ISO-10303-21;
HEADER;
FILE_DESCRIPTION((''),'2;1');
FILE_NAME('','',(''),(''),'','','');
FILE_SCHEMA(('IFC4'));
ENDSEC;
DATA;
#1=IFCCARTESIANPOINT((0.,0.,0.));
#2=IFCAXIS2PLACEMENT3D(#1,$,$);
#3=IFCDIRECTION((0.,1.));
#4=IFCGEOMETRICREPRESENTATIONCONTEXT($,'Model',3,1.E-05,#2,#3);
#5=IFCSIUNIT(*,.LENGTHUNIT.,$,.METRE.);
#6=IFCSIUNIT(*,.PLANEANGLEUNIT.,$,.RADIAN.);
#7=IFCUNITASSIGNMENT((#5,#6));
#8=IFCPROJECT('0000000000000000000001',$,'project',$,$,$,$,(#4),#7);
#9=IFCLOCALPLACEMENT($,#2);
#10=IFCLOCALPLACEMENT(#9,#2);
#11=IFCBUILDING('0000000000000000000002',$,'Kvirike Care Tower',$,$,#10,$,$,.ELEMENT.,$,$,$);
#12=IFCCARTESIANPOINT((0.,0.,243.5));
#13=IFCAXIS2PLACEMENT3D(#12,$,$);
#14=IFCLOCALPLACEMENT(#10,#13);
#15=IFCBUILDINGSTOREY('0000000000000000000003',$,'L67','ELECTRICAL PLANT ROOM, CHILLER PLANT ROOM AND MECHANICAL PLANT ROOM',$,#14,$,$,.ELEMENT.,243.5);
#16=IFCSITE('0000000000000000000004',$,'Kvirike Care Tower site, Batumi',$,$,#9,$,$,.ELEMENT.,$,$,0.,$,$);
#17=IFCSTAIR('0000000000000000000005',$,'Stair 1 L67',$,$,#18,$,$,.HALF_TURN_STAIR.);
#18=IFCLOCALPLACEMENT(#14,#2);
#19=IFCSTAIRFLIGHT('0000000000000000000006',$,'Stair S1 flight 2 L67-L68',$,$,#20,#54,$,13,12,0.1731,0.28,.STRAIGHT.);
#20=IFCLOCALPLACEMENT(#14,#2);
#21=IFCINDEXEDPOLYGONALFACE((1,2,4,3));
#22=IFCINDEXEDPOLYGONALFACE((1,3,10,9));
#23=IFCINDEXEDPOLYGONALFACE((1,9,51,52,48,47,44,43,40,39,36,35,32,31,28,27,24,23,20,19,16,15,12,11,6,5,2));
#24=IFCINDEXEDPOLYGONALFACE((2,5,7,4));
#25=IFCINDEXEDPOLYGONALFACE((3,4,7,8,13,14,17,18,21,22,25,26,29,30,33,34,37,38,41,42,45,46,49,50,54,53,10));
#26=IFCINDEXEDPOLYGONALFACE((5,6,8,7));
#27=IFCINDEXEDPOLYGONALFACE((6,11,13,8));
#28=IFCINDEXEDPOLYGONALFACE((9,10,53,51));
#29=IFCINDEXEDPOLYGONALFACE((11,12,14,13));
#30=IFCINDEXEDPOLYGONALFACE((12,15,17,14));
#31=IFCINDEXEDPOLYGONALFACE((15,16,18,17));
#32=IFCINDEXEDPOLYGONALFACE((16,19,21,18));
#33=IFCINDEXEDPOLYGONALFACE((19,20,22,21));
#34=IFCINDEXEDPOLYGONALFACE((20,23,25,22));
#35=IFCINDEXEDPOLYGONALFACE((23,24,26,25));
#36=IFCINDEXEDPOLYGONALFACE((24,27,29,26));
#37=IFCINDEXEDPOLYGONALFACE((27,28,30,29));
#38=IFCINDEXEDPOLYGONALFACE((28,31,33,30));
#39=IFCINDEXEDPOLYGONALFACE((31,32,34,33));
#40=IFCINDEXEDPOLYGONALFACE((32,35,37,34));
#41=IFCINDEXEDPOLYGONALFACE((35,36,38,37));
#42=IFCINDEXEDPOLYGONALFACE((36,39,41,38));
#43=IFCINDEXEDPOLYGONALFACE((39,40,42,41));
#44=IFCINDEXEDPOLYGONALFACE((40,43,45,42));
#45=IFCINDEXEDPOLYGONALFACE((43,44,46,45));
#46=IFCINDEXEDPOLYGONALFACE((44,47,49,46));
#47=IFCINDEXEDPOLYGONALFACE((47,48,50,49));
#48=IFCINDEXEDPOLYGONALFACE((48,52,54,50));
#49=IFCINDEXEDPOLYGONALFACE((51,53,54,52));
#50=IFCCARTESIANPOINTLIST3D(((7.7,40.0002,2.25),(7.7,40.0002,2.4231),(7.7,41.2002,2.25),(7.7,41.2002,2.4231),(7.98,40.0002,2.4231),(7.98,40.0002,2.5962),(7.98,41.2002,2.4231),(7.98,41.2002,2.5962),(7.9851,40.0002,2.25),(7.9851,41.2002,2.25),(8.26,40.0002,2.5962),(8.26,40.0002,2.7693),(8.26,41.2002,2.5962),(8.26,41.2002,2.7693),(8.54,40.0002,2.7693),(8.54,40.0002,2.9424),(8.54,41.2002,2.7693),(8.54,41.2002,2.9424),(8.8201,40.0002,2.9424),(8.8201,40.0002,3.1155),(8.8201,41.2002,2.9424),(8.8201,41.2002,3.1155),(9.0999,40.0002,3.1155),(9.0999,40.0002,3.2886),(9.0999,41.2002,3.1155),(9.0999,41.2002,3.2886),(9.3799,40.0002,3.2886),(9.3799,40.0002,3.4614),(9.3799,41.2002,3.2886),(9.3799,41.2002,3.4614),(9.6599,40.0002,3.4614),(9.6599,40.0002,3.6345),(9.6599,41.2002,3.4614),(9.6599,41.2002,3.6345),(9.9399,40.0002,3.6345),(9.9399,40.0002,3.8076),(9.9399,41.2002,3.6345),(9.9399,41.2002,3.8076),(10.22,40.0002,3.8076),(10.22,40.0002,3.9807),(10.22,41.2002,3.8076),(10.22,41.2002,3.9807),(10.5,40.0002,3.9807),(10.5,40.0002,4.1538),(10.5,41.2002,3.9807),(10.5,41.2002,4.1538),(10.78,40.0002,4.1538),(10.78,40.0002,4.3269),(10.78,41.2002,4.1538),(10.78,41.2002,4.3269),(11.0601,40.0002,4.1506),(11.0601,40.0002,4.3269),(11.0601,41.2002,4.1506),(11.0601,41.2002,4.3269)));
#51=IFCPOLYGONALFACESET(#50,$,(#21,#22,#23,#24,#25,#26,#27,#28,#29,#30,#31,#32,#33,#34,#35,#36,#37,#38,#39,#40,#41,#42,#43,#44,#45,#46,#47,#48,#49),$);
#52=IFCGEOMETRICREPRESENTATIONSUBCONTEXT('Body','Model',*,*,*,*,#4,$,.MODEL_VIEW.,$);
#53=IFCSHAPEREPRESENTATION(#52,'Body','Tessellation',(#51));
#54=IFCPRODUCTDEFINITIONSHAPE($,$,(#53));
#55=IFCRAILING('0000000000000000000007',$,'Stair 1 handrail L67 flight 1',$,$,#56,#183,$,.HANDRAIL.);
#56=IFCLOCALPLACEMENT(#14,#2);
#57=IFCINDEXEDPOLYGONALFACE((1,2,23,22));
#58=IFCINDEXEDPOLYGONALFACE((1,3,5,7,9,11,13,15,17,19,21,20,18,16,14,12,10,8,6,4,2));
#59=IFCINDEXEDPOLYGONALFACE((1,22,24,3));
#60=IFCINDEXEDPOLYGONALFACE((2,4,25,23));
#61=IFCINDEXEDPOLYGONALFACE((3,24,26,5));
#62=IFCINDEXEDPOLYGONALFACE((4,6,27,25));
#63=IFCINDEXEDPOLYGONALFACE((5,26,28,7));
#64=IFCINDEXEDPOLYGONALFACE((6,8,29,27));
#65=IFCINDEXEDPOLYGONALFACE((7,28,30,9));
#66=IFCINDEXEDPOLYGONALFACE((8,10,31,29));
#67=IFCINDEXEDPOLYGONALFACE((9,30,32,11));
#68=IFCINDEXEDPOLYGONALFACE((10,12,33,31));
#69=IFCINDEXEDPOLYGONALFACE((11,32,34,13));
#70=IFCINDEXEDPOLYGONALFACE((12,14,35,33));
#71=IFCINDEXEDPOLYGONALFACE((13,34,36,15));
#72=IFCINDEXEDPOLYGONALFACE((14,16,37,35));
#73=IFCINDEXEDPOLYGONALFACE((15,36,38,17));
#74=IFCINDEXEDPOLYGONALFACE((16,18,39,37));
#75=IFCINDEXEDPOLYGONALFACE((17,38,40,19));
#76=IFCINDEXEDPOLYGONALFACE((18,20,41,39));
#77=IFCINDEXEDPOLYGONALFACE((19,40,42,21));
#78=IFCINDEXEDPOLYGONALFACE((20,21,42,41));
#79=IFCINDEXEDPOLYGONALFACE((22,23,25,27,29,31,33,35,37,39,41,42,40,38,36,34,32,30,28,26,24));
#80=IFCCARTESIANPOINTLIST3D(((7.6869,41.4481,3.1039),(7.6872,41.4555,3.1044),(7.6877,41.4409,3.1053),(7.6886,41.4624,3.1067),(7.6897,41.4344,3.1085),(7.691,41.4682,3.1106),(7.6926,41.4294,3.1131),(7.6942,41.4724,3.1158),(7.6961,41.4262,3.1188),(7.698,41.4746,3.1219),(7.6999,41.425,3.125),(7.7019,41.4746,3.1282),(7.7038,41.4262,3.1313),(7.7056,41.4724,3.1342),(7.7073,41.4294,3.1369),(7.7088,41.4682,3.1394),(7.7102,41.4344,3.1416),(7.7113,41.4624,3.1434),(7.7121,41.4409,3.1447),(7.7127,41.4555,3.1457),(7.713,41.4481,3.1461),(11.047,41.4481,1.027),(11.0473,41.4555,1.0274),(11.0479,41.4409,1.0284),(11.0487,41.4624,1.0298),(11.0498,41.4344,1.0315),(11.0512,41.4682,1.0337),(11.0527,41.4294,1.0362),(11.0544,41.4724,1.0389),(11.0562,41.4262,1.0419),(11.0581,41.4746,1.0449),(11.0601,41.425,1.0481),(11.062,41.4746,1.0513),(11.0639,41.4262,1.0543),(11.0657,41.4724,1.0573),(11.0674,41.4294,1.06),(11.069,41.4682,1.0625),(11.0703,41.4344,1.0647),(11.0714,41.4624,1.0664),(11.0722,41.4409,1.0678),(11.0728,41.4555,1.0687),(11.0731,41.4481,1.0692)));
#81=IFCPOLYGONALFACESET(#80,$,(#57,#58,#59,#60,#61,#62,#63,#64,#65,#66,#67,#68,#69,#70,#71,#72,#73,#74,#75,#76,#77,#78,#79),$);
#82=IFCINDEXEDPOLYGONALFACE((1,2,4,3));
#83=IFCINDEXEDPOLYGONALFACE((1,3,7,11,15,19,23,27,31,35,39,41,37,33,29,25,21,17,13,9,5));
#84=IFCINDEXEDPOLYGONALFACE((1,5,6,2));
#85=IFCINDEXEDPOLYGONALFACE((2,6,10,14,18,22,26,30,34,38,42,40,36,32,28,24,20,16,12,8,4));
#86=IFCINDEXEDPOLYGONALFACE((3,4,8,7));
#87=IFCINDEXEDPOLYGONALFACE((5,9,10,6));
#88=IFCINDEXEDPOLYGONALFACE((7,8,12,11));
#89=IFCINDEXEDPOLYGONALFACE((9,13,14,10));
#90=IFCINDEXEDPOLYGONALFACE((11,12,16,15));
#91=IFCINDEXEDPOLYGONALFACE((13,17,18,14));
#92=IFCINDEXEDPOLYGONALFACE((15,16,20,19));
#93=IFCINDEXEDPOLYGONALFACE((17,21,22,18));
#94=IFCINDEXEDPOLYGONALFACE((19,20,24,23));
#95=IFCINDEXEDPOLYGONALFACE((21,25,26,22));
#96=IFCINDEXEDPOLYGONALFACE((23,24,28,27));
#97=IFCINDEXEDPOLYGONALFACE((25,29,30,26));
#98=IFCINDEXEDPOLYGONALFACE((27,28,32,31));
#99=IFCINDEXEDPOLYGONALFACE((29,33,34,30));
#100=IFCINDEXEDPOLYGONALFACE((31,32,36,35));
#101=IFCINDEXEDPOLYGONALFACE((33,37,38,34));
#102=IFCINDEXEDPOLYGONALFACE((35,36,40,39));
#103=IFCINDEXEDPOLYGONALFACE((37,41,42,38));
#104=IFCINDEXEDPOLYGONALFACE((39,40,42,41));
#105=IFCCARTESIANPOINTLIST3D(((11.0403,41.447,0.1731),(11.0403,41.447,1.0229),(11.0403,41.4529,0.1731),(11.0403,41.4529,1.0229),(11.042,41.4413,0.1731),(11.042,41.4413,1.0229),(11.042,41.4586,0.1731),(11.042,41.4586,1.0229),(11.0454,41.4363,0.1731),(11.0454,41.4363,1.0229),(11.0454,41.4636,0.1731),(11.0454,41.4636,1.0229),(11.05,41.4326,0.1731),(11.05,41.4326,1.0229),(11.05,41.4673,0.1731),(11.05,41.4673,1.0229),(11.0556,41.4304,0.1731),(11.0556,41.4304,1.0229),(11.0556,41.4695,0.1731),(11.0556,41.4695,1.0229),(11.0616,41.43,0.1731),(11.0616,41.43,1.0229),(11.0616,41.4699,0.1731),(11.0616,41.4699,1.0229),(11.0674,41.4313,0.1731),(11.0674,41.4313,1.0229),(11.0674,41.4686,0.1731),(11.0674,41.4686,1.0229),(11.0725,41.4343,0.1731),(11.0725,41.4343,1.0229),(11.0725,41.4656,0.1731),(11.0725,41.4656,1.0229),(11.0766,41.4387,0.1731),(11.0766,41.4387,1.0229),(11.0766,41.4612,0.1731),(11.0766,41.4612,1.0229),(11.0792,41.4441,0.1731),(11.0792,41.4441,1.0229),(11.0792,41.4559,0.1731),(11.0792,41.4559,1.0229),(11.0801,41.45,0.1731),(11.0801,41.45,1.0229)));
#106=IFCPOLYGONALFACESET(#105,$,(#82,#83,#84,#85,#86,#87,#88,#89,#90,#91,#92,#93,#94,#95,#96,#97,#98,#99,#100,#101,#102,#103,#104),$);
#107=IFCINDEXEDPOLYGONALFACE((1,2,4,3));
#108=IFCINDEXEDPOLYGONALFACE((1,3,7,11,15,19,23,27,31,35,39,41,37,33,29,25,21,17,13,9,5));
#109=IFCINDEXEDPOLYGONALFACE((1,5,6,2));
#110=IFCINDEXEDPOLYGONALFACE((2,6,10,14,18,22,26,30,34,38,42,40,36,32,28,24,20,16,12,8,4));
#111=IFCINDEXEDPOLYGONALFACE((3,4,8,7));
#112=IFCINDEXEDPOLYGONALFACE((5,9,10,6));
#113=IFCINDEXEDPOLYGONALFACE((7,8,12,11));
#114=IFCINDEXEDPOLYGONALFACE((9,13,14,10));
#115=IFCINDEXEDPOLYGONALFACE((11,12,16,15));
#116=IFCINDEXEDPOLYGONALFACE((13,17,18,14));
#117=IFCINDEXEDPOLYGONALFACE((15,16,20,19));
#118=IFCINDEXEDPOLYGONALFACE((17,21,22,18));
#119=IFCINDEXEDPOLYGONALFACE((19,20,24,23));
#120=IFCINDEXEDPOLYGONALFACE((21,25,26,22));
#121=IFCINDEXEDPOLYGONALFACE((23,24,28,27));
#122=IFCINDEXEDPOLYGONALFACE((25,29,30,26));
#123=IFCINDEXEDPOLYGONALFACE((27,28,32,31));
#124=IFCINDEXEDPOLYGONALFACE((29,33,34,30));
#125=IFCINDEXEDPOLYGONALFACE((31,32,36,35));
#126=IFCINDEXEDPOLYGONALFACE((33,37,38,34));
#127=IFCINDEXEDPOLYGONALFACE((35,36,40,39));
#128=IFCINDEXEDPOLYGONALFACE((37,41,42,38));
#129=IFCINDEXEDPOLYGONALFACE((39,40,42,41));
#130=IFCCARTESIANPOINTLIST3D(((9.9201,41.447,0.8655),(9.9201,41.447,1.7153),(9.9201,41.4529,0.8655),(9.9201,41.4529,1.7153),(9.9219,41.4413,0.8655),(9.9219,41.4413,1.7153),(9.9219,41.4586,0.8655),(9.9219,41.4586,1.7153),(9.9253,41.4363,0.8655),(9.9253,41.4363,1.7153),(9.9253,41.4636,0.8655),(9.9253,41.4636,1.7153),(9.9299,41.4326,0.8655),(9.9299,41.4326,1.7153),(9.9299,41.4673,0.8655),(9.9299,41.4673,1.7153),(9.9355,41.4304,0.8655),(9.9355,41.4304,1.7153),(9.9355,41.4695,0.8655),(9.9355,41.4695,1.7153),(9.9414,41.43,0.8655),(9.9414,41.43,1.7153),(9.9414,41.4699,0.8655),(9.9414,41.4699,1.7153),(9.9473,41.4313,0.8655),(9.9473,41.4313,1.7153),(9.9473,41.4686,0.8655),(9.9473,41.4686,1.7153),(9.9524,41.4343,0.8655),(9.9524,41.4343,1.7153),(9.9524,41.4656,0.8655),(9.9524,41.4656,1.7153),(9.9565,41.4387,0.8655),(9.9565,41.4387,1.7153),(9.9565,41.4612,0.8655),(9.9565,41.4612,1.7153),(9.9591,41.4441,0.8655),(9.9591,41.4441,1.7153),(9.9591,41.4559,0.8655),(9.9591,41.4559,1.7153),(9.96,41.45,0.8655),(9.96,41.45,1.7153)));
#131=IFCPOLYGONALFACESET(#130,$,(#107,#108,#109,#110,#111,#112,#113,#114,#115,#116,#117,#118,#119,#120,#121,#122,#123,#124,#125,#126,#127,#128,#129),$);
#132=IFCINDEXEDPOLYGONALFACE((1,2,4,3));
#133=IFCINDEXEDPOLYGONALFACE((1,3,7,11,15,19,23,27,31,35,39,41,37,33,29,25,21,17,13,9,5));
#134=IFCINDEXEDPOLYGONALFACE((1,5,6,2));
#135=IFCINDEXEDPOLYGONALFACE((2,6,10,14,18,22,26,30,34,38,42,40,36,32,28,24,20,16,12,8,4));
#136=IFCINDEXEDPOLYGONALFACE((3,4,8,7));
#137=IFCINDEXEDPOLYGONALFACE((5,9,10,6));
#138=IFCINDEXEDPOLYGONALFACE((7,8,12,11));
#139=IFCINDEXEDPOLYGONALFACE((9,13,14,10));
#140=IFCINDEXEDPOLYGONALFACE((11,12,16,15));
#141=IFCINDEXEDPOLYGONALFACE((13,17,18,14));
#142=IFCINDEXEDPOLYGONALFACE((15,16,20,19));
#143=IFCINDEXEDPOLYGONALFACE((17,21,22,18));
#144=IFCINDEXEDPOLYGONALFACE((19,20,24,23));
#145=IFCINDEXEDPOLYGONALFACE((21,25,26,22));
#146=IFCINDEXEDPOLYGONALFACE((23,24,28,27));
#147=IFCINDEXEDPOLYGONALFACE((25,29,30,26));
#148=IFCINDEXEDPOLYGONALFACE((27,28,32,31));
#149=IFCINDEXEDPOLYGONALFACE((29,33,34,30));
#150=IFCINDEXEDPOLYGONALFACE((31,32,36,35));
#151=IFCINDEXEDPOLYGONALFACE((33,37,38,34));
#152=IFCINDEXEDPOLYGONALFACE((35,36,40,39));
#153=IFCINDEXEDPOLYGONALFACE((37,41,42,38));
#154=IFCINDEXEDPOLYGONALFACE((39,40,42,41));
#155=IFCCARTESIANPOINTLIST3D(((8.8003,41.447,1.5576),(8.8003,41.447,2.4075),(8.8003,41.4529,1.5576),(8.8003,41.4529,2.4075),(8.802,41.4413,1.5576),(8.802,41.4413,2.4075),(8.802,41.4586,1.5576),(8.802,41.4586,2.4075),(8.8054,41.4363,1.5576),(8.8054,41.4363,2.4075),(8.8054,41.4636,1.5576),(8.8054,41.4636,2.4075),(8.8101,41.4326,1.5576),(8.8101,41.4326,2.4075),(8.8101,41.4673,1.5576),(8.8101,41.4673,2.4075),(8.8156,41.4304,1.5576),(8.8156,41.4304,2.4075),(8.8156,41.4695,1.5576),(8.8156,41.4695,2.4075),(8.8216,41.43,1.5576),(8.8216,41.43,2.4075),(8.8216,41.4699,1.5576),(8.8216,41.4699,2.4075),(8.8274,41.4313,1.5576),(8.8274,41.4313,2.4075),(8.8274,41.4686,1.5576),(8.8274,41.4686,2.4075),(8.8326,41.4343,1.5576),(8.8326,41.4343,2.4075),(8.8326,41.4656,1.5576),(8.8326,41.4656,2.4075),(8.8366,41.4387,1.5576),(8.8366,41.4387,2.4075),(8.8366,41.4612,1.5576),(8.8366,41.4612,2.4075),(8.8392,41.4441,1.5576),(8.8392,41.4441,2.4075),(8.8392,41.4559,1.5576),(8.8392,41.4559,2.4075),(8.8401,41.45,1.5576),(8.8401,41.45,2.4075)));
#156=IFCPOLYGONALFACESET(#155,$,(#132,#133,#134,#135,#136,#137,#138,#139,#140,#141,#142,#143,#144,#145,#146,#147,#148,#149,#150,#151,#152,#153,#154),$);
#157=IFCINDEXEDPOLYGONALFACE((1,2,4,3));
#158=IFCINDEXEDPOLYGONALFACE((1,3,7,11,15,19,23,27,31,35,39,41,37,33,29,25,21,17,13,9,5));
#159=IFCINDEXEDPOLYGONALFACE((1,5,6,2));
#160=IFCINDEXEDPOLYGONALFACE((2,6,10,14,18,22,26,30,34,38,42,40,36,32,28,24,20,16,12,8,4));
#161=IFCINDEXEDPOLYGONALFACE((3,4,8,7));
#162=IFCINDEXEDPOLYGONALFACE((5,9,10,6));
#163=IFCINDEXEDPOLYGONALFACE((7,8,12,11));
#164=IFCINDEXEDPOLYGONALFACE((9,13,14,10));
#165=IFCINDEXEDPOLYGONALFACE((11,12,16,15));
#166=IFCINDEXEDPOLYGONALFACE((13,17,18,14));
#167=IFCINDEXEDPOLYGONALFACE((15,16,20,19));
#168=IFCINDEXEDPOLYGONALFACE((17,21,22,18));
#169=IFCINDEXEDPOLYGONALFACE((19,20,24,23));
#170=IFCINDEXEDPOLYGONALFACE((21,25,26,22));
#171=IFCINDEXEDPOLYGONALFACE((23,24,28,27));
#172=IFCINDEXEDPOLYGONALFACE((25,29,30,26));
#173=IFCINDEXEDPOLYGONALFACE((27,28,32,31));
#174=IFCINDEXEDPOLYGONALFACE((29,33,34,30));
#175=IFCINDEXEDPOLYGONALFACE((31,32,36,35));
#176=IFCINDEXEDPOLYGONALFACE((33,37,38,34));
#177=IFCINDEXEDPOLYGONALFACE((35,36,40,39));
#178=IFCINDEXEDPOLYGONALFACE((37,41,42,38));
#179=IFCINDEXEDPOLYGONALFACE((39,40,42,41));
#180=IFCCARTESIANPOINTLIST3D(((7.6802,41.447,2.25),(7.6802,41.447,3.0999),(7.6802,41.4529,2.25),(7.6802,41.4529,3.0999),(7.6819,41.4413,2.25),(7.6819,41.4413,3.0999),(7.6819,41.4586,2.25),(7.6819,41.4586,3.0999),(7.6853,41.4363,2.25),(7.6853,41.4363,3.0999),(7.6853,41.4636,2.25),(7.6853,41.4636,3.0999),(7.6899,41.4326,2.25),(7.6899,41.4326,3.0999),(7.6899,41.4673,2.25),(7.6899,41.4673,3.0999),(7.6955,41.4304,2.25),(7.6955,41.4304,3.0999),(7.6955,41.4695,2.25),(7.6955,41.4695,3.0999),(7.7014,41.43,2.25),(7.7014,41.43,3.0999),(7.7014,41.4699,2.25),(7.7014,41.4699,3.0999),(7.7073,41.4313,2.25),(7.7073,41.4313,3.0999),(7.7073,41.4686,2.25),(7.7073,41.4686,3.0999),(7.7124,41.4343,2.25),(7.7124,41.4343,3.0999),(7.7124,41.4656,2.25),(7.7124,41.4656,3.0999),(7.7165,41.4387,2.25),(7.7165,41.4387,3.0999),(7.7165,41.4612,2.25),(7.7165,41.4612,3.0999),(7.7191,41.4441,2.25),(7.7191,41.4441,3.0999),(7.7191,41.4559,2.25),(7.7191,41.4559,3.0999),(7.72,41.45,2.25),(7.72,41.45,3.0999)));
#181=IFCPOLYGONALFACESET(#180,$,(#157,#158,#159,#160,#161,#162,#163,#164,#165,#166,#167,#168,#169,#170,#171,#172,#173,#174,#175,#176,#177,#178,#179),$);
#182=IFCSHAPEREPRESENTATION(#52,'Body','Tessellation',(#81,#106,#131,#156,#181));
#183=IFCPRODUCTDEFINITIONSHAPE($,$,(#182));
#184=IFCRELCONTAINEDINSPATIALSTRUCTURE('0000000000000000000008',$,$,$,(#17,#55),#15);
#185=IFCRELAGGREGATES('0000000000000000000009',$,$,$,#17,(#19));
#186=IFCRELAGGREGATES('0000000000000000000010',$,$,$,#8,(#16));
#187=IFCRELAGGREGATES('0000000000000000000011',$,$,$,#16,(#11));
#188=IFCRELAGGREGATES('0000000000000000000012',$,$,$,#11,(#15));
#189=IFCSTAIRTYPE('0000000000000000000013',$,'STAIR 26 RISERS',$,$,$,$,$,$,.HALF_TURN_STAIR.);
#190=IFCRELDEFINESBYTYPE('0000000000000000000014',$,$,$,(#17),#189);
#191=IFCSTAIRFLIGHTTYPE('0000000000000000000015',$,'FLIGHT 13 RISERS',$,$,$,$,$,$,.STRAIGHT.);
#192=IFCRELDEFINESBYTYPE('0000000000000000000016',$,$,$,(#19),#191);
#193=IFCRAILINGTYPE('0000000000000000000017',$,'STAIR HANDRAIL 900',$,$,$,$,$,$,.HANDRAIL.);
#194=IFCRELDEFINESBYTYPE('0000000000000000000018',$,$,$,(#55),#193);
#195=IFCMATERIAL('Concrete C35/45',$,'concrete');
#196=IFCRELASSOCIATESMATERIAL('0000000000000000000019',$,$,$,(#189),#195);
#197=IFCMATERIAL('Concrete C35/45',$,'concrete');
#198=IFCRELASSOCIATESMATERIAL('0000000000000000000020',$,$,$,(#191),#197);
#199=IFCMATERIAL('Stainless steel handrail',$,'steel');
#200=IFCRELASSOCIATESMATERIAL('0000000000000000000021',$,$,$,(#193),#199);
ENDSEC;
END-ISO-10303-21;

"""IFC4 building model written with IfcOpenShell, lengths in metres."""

from ifc_helpers import new_model, si_unit, direction, frame, origin, origin_2d, place, context, subcontext, project, spatial, polyline, circle, outline, extrude, material, type_object, element, aggregate, save


model = new_model("IFC4")

# Units and contexts
model_context = context("Model", 3, precision=1e-05, world=origin(), true_north=direction((0.0, 1.0)))
body_context = subcontext(model_context, "Body", "Model", "MODEL_VIEW")
ifc_project = project(units=[si_unit("LENGTHUNIT", "METRE"), si_unit("PLANEANGLEUNIT", "RADIAN")], contexts=[model_context])

# Site, building, storey
site_placement = place(None, origin())
site = spatial("IfcSite", under=ifc_project, at=site_placement, Name="Kvirike Care Tower site, Batumi", CompositionType="ELEMENT", RefElevation=0.0)
building_placement = place(site_placement, origin())
building = spatial("IfcBuilding", under=site, at=building_placement, Name="Kvirike Care Tower", CompositionType="ELEMENT")
storey_placement = place(building_placement, frame((0.0, 0.0, 243.5)))
storey = spatial("IfcBuildingStorey", under=building, at=storey_placement, Name="L67", Description="ELECTRICAL PLANT ROOM, CHILLER PLANT ROOM AND MECHANICAL PLANT ROOM", CompositionType="ELEMENT", Elevation=243.5)

# Stair, stair flight
ifc_material_1 = material(Name="Concrete C35/45", Category="concrete")
stair_type = type_object("IfcStairType", Name="STAIR 26 RISERS", PredefinedType="HALF_TURN_STAIR", material=ifc_material_1)
stair_placement = place(storey_placement, origin())
stair = element("IfcStair", 1, at=stair_placement, inside=storey, type_object=stair_type, Name="Stair 1 L67", PredefinedType="HALF_TURN_STAIR")
ifc_material_2 = material(Name="Concrete C35/45", Category="concrete")
stair_flight_type = type_object("IfcStairFlightType", Name="FLIGHT 13 RISERS", PredefinedType="STRAIGHT", material=ifc_material_2)
stair_flight_placement = place(storey_placement, frame((7.7, 40.6001, 2.25), z_axis=(0.0, 0.0, 1.0), x_axis=(1.0, 0.0, 0.0)))
stair_flight = element("IfcStairFlight", 2, at=stair_flight_placement, type_object=stair_flight_type, Name="Stair S1 flight 2 L67-L68", NumberOfRisers=13, NumberOfTreads=12, PredefinedType="STRAIGHT", RiserHeight=0.1731, TreadLength=0.28, context=body_context, shape_type="SweptSolid", body=[
    extrude(outline(polyline([(0.0, 0.0), (0.0, 0.1731), (0.28, 0.1731), (0.28, 0.3462), (0.5601, 0.3462), (0.5601, 0.5193), (0.8401, 0.5193), (0.8401, 0.6924), (1.1201, 0.6924), (1.1201, 0.8655), (1.3999, 0.8655), (1.3999, 1.0386), (1.6799, 1.0386), (1.6799, 1.2114), (1.96, 1.2114), (1.96, 1.3845), (2.24, 1.3845), (2.24, 1.5576), (2.52, 1.5576), (2.52, 1.7307), (2.8, 1.7307), (2.8, 1.9038), (3.0801, 1.9038), (3.0801, 2.0769), (3.3601, 2.0769), (3.3601, 2.25), (3.3601, 1.9006), (0.2852, 0.0), (0.0, 0.0)])), frame((0.0, 0.6001, 0.0), z_axis=(0.0, -1.0, 0.0), x_axis=(1.0, 0.0, 0.0)), (0.0, 0.0, 1.0), 1.2),
])
aggregate(stair, [stair_flight])

# Railing
ifc_material_3 = material(Name="Stainless steel handrail", Category="steel")
railing_type = type_object("IfcRailingType", Name="STAIR HANDRAIL 900", PredefinedType="HANDRAIL", material=ifc_material_3)
railing_1_placement = place(storey_placement, frame((11.0601, 41.45, 0.1731)))
element("IfcRailing", 3, at=railing_1_placement, inside=storey, type_object=railing_type, Name="Stair 1 handrail L67 flight 1", PredefinedType="HANDRAIL", context=body_context, shape_type="SweptSolid", body=[
    extrude(circle(Radius=0.0249, at=origin_2d()), frame((0.0, 0.0, 0.875), z_axis=(-0.850623, 0.0, 0.525776), x_axis=(0.0, -1.0, 0.0)), (0.0, 0.0, 1.0), 3.9502),
    extrude(circle(Radius=0.02, at=origin_2d()), origin(), (0.0, 0.0, 1.0), 0.8499),
    extrude(circle(Radius=0.02, at=origin_2d()), frame((-1.1201, 0.0, 0.6924)), (0.0, 0.0, 1.0), 0.8499),
    extrude(circle(Radius=0.02, at=origin_2d()), frame((-2.24, 0.0, 1.3845)), (0.0, 0.0, 1.0), 0.8499),
    extrude(circle(Radius=0.02, at=origin_2d()), frame((-3.3601, 0.0, 2.0769)), (0.0, 0.0, 1.0), 0.8499),
])

save(model, "model.ifc")
